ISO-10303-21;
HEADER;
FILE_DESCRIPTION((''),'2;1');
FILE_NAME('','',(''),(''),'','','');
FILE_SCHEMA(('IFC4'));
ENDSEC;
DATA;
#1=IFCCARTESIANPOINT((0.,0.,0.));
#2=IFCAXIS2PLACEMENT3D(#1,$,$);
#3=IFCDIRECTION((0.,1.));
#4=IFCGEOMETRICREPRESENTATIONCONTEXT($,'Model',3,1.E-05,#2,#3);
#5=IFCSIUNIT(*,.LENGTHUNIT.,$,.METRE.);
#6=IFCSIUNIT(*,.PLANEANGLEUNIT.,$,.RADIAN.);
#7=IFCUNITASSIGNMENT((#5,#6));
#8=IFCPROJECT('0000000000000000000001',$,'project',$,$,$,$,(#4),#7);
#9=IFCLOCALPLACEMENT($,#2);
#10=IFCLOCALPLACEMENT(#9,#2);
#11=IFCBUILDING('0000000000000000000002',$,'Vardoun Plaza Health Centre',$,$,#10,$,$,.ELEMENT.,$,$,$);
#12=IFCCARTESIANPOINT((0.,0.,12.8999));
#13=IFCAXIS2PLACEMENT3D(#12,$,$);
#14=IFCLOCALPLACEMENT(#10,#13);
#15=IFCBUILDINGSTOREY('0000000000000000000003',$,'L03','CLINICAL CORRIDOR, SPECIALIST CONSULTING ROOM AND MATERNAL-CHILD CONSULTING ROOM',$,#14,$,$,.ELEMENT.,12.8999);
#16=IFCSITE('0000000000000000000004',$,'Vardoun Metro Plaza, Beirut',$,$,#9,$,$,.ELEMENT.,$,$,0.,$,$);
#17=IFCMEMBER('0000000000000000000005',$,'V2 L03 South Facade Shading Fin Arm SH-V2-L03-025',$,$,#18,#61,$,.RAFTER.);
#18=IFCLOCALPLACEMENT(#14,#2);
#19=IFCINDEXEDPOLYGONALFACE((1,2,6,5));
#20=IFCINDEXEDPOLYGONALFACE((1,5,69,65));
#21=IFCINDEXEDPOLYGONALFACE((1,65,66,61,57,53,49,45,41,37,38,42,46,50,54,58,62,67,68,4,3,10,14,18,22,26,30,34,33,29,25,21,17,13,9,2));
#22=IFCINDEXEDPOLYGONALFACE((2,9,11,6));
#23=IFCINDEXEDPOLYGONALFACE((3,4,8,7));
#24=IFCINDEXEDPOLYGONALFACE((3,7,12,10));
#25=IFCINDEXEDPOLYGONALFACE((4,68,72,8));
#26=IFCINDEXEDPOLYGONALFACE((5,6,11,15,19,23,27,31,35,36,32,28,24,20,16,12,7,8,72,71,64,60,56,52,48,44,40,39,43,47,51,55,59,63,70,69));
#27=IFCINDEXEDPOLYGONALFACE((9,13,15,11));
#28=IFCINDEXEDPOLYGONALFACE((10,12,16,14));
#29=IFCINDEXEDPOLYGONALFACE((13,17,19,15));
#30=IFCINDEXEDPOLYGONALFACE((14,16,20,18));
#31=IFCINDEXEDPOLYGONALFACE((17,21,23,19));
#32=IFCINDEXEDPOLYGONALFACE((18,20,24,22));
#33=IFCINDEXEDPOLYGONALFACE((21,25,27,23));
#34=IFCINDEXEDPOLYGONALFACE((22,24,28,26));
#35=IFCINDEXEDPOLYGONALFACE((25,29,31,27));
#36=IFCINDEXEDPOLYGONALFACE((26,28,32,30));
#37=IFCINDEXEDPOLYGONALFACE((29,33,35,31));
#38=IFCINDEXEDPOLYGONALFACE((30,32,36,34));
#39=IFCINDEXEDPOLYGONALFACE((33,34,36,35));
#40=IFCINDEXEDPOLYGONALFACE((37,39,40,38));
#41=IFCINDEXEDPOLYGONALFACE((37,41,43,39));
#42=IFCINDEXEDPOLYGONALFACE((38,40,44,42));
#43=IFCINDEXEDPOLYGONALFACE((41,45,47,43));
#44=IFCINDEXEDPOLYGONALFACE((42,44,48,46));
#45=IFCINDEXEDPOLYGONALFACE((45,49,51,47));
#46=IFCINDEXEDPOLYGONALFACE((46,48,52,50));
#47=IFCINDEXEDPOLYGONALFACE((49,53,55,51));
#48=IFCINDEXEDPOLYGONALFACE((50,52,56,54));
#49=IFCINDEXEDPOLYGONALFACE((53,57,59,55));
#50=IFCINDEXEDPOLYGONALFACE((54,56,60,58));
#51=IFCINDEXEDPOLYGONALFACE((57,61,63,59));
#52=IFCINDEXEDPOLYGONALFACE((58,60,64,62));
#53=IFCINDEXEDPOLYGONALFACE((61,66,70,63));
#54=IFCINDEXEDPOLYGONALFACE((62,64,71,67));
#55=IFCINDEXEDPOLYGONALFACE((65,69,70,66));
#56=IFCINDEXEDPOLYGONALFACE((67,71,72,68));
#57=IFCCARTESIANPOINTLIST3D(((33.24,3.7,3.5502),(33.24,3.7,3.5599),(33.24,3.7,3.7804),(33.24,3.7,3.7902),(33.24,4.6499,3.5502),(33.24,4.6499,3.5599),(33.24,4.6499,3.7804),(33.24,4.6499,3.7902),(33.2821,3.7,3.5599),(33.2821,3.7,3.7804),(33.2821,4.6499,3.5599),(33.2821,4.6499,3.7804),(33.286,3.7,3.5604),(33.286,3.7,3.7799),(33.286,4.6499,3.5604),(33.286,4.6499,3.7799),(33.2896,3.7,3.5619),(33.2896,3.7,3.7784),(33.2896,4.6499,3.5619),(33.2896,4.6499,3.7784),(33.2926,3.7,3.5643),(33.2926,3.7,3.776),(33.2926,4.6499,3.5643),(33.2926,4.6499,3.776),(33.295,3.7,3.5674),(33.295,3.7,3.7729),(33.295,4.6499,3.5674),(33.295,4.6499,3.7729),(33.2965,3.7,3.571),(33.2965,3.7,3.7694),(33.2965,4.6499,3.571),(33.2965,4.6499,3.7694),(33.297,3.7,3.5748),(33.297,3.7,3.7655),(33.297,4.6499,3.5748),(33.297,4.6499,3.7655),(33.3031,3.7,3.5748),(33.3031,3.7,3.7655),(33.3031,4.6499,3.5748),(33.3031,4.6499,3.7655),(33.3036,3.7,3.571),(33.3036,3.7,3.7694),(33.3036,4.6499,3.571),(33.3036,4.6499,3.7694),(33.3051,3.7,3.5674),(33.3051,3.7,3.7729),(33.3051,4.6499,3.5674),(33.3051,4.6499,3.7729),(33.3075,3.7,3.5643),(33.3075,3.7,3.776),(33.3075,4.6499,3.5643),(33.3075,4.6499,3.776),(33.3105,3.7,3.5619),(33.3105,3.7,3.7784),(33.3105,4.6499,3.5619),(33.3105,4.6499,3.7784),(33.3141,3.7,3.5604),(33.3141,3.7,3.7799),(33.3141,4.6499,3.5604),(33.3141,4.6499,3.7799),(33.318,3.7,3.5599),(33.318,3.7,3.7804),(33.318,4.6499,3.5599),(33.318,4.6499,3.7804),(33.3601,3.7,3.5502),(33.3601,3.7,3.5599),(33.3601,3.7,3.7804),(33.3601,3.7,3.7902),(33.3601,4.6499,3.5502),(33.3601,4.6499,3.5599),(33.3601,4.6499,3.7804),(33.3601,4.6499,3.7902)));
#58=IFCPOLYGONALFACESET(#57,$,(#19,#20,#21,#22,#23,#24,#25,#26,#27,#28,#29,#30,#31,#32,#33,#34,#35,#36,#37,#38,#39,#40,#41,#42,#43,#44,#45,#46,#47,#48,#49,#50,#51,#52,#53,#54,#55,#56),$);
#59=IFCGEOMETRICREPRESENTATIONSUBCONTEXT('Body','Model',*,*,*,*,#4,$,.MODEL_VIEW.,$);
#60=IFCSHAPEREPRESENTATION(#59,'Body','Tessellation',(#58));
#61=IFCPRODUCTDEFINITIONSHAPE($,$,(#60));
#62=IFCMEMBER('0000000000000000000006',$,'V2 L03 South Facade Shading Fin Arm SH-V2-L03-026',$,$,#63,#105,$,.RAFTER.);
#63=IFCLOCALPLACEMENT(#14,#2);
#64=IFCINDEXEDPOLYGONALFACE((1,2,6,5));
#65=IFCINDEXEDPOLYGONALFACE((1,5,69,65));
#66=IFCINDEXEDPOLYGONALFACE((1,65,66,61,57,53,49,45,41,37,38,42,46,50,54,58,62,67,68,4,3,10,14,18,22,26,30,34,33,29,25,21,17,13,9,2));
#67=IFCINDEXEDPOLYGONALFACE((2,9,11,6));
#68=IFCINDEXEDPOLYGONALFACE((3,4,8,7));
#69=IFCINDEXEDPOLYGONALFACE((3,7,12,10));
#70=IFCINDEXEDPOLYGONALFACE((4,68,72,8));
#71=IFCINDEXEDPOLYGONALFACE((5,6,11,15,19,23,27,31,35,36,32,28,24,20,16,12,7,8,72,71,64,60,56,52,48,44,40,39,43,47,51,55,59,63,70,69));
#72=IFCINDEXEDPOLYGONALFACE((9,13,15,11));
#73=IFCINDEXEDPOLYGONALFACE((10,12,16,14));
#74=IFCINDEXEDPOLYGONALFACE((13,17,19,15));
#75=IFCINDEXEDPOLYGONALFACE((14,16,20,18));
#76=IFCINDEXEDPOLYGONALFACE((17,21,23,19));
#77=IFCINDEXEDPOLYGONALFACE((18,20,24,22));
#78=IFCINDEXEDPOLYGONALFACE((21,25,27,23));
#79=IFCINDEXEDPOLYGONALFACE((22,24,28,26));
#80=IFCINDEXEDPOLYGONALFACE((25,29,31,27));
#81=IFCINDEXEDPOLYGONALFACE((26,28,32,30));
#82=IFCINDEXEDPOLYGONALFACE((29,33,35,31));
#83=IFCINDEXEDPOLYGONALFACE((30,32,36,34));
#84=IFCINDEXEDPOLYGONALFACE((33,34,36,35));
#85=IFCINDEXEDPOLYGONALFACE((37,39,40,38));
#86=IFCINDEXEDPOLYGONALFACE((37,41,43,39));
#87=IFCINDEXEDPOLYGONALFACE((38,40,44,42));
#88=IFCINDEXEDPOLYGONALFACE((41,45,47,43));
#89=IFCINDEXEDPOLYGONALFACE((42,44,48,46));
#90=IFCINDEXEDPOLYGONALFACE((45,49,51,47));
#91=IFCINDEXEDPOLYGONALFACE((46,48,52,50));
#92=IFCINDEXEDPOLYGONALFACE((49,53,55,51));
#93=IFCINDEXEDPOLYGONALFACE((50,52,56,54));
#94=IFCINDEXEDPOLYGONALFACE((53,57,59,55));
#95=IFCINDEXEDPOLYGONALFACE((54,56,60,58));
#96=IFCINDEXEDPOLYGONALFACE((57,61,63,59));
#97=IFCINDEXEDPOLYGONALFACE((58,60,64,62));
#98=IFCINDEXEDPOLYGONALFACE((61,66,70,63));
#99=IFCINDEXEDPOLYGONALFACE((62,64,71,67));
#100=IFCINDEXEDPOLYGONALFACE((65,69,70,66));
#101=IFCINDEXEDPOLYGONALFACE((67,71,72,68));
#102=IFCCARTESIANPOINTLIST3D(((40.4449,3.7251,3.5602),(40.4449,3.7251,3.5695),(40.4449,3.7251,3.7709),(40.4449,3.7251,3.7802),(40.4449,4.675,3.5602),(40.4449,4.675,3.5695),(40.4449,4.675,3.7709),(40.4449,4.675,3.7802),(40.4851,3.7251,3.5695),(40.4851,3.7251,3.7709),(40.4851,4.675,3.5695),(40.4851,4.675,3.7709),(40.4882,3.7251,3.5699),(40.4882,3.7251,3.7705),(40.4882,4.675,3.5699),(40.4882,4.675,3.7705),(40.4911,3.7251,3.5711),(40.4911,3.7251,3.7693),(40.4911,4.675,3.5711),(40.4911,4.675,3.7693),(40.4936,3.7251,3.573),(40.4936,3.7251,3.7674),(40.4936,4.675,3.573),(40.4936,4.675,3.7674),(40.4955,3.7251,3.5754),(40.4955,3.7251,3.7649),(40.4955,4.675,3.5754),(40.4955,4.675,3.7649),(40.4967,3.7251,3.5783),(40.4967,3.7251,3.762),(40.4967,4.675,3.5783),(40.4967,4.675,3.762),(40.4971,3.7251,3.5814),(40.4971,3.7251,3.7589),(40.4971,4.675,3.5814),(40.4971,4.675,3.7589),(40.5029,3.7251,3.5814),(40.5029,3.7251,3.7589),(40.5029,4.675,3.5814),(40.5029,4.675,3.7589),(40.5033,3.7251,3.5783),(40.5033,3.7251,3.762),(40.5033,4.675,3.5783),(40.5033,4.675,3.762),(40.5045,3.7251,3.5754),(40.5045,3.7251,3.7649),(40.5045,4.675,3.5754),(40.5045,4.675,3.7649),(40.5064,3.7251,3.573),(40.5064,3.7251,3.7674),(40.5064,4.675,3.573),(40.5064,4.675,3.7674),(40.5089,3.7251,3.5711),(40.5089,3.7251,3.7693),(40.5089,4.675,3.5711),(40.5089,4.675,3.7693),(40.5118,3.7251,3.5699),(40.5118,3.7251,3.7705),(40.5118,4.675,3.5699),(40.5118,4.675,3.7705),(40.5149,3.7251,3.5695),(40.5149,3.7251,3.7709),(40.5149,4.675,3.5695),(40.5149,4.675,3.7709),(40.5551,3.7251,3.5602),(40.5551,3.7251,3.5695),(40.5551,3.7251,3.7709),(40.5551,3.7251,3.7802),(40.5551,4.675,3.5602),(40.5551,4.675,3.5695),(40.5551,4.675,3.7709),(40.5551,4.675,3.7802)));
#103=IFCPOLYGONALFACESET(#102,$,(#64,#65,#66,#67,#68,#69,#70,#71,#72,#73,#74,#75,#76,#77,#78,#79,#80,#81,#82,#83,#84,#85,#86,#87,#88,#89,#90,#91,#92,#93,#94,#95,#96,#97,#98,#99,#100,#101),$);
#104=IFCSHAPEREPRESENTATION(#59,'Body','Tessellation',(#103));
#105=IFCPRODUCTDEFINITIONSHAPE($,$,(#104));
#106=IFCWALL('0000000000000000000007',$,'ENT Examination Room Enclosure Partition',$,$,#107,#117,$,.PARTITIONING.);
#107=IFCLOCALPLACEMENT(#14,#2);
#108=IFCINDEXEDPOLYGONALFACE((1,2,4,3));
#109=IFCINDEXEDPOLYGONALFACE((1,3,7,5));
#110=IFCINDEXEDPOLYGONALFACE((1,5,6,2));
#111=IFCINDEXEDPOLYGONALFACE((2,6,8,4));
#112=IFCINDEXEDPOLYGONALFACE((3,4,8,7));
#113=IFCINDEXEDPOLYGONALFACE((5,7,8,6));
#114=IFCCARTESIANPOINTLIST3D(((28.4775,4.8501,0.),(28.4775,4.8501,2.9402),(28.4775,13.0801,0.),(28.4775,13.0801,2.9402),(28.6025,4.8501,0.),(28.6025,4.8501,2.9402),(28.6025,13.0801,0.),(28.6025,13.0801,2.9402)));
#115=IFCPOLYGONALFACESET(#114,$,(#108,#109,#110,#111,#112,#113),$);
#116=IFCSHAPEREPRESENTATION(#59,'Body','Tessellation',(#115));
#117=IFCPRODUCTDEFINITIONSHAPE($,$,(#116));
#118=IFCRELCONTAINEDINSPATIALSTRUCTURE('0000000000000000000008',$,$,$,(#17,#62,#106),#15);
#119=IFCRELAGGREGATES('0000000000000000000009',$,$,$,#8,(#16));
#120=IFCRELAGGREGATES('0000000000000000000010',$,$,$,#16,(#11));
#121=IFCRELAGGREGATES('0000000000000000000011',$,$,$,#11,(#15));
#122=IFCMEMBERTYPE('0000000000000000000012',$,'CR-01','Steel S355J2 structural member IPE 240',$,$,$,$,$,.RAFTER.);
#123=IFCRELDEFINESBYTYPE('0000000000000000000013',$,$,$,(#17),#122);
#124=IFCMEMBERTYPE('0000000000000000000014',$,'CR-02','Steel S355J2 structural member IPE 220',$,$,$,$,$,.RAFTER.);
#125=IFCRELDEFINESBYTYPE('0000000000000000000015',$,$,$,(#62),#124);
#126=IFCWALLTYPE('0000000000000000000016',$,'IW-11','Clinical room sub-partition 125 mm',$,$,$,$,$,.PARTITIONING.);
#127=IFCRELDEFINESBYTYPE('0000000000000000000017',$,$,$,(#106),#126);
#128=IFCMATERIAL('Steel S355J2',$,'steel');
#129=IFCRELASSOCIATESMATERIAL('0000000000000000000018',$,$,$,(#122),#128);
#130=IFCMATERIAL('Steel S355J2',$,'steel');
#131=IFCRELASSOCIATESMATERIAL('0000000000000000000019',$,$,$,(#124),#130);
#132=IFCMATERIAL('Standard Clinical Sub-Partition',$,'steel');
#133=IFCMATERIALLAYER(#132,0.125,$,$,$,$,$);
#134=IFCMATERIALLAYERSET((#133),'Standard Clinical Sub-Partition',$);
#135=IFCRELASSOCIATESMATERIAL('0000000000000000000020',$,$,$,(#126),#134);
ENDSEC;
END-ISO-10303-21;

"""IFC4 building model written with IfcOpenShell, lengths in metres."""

from ifc_helpers import new_model, si_unit, direction, frame, frame_2d, origin, origin_2d, place, context, subcontext, project, spatial, rectangle, i_section, extrude, material, layer, layer_set, material_profile, profile_set, type_object, element, save


model = new_model("IFC4")

# Units and contexts
model_context = context("Model", 3, precision=1e-05, world=origin(), true_north=direction((0.0, 1.0)))
body_context = subcontext(model_context, "Body", "Model", "MODEL_VIEW")
ifc_project = project(units=[si_unit("LENGTHUNIT", "METRE"), si_unit("PLANEANGLEUNIT", "RADIAN")], contexts=[model_context])

# Site, building, storey
site_placement = place(None, origin())
site = spatial("IfcSite", under=ifc_project, at=site_placement, Name="Vardoun Metro Plaza, Beirut", CompositionType="ELEMENT", RefElevation=0.0)
building_placement = place(site_placement, origin())
building = spatial("IfcBuilding", under=site, at=building_placement, Name="Vardoun Plaza Health Centre", CompositionType="ELEMENT")
storey_placement = place(building_placement, frame((0.0, 0.0, 12.8999)))
storey = spatial("IfcBuildingStorey", under=building, at=storey_placement, Name="L03", Description="CLINICAL CORRIDOR, SPECIALIST CONSULTING ROOM AND MATERNAL-CHILD CONSULTING ROOM", CompositionType="ELEMENT", Elevation=12.8999)

# Members
ifc_material_1 = material(Name="Steel S355J2", Category="steel")
ifc_material_profile_1 = material_profile(ifc_material_1, i_section(OverallWidth=0.1201, OverallDepth=0.24, WebThickness=0.0061, FlangeThickness=0.0098, FilletRadius=0.0149, at=origin_2d()), Name="IPE 240")
ifc_profile_set_1 = profile_set([ifc_material_profile_1], Name="Steel S355J2")
member_type_1 = type_object("IfcMemberType", Name="CR-01", Description="Steel S355J2 structural member IPE 240", PredefinedType="RAFTER", material=ifc_profile_set_1)
member_1_placement = place(storey_placement, frame((33.3, 4.6499, 3.6702), z_axis=(0.0, -1.0, 0.0), x_axis=(1.0, 0.0, 0.0)))
element("IfcMember", 1, at=member_1_placement, inside=storey, type_object=member_type_1, Name="V2 L03 South Facade Shading Fin Arm SH-V2-L03-025", PredefinedType="RAFTER", context=body_context, shape_type="SweptSolid", body=[
    extrude(i_section(OverallWidth=0.1201, OverallDepth=0.24, WebThickness=0.0061, FlangeThickness=0.0098, FilletRadius=0.0149, at=origin_2d()), origin(), (0.0, 0.0, 1.0), 0.95),
])
ifc_material_2 = material(Name="Steel S355J2", Category="steel")
ifc_material_profile_2 = material_profile(ifc_material_2, i_section(OverallWidth=0.1101, OverallDepth=0.22, WebThickness=0.0059, FlangeThickness=0.0093, FilletRadius=0.012, at=origin_2d()), Name="IPE 220")
ifc_profile_set_2 = profile_set([ifc_material_profile_2], Name="Steel S355J2")
member_type_2 = type_object("IfcMemberType", Name="CR-02", Description="Steel S355J2 structural member IPE 220", PredefinedType="RAFTER", material=ifc_profile_set_2)
member_2_placement = place(storey_placement, frame((40.5, 4.675, 3.6702), z_axis=(0.0, -1.0, 0.0), x_axis=(1.0, 0.0, 0.0)))
element("IfcMember", 2, at=member_2_placement, inside=storey, type_object=member_type_2, Name="V2 L03 South Facade Shading Fin Arm SH-V2-L03-026", PredefinedType="RAFTER", context=body_context, shape_type="SweptSolid", body=[
    extrude(i_section(OverallWidth=0.1101, OverallDepth=0.22, WebThickness=0.0059, FlangeThickness=0.0093, FilletRadius=0.012, at=origin_2d()), origin(), (0.0, 0.0, 1.0), 0.95),
])

# Wall
ifc_material_3 = material(Name="Standard Clinical Sub-Partition", Category="steel")
ifc_layer_1 = layer(ifc_material_3, 0.125)
ifc_layer_set_1 = layer_set([ifc_layer_1], Name="Standard Clinical Sub-Partition")
wall_type_1 = type_object("IfcWallType", Name="IW-11", Description="Clinical room sub-partition 125 mm", PredefinedType="PARTITIONING", material=ifc_layer_set_1)
wall_1_placement = place(storey_placement, frame((28.54, 4.8501, 0.0), z_axis=(0.0, 0.0, 1.0), x_axis=(0.0, 1.0, 0.0)))
element("IfcWall", 3, at=wall_1_placement, inside=storey, type_object=wall_type_1, Name="ENT Examination Room Enclosure Partition", PredefinedType="PARTITIONING", context=body_context, shape_type="SweptSolid", body=[
    extrude(rectangle(XDim=8.23, YDim=0.125, at=frame_2d((4.115, 0.0))), origin(), (0.0, 0.0, 1.0), 2.9402),
])

save(model, "model.ifc")
